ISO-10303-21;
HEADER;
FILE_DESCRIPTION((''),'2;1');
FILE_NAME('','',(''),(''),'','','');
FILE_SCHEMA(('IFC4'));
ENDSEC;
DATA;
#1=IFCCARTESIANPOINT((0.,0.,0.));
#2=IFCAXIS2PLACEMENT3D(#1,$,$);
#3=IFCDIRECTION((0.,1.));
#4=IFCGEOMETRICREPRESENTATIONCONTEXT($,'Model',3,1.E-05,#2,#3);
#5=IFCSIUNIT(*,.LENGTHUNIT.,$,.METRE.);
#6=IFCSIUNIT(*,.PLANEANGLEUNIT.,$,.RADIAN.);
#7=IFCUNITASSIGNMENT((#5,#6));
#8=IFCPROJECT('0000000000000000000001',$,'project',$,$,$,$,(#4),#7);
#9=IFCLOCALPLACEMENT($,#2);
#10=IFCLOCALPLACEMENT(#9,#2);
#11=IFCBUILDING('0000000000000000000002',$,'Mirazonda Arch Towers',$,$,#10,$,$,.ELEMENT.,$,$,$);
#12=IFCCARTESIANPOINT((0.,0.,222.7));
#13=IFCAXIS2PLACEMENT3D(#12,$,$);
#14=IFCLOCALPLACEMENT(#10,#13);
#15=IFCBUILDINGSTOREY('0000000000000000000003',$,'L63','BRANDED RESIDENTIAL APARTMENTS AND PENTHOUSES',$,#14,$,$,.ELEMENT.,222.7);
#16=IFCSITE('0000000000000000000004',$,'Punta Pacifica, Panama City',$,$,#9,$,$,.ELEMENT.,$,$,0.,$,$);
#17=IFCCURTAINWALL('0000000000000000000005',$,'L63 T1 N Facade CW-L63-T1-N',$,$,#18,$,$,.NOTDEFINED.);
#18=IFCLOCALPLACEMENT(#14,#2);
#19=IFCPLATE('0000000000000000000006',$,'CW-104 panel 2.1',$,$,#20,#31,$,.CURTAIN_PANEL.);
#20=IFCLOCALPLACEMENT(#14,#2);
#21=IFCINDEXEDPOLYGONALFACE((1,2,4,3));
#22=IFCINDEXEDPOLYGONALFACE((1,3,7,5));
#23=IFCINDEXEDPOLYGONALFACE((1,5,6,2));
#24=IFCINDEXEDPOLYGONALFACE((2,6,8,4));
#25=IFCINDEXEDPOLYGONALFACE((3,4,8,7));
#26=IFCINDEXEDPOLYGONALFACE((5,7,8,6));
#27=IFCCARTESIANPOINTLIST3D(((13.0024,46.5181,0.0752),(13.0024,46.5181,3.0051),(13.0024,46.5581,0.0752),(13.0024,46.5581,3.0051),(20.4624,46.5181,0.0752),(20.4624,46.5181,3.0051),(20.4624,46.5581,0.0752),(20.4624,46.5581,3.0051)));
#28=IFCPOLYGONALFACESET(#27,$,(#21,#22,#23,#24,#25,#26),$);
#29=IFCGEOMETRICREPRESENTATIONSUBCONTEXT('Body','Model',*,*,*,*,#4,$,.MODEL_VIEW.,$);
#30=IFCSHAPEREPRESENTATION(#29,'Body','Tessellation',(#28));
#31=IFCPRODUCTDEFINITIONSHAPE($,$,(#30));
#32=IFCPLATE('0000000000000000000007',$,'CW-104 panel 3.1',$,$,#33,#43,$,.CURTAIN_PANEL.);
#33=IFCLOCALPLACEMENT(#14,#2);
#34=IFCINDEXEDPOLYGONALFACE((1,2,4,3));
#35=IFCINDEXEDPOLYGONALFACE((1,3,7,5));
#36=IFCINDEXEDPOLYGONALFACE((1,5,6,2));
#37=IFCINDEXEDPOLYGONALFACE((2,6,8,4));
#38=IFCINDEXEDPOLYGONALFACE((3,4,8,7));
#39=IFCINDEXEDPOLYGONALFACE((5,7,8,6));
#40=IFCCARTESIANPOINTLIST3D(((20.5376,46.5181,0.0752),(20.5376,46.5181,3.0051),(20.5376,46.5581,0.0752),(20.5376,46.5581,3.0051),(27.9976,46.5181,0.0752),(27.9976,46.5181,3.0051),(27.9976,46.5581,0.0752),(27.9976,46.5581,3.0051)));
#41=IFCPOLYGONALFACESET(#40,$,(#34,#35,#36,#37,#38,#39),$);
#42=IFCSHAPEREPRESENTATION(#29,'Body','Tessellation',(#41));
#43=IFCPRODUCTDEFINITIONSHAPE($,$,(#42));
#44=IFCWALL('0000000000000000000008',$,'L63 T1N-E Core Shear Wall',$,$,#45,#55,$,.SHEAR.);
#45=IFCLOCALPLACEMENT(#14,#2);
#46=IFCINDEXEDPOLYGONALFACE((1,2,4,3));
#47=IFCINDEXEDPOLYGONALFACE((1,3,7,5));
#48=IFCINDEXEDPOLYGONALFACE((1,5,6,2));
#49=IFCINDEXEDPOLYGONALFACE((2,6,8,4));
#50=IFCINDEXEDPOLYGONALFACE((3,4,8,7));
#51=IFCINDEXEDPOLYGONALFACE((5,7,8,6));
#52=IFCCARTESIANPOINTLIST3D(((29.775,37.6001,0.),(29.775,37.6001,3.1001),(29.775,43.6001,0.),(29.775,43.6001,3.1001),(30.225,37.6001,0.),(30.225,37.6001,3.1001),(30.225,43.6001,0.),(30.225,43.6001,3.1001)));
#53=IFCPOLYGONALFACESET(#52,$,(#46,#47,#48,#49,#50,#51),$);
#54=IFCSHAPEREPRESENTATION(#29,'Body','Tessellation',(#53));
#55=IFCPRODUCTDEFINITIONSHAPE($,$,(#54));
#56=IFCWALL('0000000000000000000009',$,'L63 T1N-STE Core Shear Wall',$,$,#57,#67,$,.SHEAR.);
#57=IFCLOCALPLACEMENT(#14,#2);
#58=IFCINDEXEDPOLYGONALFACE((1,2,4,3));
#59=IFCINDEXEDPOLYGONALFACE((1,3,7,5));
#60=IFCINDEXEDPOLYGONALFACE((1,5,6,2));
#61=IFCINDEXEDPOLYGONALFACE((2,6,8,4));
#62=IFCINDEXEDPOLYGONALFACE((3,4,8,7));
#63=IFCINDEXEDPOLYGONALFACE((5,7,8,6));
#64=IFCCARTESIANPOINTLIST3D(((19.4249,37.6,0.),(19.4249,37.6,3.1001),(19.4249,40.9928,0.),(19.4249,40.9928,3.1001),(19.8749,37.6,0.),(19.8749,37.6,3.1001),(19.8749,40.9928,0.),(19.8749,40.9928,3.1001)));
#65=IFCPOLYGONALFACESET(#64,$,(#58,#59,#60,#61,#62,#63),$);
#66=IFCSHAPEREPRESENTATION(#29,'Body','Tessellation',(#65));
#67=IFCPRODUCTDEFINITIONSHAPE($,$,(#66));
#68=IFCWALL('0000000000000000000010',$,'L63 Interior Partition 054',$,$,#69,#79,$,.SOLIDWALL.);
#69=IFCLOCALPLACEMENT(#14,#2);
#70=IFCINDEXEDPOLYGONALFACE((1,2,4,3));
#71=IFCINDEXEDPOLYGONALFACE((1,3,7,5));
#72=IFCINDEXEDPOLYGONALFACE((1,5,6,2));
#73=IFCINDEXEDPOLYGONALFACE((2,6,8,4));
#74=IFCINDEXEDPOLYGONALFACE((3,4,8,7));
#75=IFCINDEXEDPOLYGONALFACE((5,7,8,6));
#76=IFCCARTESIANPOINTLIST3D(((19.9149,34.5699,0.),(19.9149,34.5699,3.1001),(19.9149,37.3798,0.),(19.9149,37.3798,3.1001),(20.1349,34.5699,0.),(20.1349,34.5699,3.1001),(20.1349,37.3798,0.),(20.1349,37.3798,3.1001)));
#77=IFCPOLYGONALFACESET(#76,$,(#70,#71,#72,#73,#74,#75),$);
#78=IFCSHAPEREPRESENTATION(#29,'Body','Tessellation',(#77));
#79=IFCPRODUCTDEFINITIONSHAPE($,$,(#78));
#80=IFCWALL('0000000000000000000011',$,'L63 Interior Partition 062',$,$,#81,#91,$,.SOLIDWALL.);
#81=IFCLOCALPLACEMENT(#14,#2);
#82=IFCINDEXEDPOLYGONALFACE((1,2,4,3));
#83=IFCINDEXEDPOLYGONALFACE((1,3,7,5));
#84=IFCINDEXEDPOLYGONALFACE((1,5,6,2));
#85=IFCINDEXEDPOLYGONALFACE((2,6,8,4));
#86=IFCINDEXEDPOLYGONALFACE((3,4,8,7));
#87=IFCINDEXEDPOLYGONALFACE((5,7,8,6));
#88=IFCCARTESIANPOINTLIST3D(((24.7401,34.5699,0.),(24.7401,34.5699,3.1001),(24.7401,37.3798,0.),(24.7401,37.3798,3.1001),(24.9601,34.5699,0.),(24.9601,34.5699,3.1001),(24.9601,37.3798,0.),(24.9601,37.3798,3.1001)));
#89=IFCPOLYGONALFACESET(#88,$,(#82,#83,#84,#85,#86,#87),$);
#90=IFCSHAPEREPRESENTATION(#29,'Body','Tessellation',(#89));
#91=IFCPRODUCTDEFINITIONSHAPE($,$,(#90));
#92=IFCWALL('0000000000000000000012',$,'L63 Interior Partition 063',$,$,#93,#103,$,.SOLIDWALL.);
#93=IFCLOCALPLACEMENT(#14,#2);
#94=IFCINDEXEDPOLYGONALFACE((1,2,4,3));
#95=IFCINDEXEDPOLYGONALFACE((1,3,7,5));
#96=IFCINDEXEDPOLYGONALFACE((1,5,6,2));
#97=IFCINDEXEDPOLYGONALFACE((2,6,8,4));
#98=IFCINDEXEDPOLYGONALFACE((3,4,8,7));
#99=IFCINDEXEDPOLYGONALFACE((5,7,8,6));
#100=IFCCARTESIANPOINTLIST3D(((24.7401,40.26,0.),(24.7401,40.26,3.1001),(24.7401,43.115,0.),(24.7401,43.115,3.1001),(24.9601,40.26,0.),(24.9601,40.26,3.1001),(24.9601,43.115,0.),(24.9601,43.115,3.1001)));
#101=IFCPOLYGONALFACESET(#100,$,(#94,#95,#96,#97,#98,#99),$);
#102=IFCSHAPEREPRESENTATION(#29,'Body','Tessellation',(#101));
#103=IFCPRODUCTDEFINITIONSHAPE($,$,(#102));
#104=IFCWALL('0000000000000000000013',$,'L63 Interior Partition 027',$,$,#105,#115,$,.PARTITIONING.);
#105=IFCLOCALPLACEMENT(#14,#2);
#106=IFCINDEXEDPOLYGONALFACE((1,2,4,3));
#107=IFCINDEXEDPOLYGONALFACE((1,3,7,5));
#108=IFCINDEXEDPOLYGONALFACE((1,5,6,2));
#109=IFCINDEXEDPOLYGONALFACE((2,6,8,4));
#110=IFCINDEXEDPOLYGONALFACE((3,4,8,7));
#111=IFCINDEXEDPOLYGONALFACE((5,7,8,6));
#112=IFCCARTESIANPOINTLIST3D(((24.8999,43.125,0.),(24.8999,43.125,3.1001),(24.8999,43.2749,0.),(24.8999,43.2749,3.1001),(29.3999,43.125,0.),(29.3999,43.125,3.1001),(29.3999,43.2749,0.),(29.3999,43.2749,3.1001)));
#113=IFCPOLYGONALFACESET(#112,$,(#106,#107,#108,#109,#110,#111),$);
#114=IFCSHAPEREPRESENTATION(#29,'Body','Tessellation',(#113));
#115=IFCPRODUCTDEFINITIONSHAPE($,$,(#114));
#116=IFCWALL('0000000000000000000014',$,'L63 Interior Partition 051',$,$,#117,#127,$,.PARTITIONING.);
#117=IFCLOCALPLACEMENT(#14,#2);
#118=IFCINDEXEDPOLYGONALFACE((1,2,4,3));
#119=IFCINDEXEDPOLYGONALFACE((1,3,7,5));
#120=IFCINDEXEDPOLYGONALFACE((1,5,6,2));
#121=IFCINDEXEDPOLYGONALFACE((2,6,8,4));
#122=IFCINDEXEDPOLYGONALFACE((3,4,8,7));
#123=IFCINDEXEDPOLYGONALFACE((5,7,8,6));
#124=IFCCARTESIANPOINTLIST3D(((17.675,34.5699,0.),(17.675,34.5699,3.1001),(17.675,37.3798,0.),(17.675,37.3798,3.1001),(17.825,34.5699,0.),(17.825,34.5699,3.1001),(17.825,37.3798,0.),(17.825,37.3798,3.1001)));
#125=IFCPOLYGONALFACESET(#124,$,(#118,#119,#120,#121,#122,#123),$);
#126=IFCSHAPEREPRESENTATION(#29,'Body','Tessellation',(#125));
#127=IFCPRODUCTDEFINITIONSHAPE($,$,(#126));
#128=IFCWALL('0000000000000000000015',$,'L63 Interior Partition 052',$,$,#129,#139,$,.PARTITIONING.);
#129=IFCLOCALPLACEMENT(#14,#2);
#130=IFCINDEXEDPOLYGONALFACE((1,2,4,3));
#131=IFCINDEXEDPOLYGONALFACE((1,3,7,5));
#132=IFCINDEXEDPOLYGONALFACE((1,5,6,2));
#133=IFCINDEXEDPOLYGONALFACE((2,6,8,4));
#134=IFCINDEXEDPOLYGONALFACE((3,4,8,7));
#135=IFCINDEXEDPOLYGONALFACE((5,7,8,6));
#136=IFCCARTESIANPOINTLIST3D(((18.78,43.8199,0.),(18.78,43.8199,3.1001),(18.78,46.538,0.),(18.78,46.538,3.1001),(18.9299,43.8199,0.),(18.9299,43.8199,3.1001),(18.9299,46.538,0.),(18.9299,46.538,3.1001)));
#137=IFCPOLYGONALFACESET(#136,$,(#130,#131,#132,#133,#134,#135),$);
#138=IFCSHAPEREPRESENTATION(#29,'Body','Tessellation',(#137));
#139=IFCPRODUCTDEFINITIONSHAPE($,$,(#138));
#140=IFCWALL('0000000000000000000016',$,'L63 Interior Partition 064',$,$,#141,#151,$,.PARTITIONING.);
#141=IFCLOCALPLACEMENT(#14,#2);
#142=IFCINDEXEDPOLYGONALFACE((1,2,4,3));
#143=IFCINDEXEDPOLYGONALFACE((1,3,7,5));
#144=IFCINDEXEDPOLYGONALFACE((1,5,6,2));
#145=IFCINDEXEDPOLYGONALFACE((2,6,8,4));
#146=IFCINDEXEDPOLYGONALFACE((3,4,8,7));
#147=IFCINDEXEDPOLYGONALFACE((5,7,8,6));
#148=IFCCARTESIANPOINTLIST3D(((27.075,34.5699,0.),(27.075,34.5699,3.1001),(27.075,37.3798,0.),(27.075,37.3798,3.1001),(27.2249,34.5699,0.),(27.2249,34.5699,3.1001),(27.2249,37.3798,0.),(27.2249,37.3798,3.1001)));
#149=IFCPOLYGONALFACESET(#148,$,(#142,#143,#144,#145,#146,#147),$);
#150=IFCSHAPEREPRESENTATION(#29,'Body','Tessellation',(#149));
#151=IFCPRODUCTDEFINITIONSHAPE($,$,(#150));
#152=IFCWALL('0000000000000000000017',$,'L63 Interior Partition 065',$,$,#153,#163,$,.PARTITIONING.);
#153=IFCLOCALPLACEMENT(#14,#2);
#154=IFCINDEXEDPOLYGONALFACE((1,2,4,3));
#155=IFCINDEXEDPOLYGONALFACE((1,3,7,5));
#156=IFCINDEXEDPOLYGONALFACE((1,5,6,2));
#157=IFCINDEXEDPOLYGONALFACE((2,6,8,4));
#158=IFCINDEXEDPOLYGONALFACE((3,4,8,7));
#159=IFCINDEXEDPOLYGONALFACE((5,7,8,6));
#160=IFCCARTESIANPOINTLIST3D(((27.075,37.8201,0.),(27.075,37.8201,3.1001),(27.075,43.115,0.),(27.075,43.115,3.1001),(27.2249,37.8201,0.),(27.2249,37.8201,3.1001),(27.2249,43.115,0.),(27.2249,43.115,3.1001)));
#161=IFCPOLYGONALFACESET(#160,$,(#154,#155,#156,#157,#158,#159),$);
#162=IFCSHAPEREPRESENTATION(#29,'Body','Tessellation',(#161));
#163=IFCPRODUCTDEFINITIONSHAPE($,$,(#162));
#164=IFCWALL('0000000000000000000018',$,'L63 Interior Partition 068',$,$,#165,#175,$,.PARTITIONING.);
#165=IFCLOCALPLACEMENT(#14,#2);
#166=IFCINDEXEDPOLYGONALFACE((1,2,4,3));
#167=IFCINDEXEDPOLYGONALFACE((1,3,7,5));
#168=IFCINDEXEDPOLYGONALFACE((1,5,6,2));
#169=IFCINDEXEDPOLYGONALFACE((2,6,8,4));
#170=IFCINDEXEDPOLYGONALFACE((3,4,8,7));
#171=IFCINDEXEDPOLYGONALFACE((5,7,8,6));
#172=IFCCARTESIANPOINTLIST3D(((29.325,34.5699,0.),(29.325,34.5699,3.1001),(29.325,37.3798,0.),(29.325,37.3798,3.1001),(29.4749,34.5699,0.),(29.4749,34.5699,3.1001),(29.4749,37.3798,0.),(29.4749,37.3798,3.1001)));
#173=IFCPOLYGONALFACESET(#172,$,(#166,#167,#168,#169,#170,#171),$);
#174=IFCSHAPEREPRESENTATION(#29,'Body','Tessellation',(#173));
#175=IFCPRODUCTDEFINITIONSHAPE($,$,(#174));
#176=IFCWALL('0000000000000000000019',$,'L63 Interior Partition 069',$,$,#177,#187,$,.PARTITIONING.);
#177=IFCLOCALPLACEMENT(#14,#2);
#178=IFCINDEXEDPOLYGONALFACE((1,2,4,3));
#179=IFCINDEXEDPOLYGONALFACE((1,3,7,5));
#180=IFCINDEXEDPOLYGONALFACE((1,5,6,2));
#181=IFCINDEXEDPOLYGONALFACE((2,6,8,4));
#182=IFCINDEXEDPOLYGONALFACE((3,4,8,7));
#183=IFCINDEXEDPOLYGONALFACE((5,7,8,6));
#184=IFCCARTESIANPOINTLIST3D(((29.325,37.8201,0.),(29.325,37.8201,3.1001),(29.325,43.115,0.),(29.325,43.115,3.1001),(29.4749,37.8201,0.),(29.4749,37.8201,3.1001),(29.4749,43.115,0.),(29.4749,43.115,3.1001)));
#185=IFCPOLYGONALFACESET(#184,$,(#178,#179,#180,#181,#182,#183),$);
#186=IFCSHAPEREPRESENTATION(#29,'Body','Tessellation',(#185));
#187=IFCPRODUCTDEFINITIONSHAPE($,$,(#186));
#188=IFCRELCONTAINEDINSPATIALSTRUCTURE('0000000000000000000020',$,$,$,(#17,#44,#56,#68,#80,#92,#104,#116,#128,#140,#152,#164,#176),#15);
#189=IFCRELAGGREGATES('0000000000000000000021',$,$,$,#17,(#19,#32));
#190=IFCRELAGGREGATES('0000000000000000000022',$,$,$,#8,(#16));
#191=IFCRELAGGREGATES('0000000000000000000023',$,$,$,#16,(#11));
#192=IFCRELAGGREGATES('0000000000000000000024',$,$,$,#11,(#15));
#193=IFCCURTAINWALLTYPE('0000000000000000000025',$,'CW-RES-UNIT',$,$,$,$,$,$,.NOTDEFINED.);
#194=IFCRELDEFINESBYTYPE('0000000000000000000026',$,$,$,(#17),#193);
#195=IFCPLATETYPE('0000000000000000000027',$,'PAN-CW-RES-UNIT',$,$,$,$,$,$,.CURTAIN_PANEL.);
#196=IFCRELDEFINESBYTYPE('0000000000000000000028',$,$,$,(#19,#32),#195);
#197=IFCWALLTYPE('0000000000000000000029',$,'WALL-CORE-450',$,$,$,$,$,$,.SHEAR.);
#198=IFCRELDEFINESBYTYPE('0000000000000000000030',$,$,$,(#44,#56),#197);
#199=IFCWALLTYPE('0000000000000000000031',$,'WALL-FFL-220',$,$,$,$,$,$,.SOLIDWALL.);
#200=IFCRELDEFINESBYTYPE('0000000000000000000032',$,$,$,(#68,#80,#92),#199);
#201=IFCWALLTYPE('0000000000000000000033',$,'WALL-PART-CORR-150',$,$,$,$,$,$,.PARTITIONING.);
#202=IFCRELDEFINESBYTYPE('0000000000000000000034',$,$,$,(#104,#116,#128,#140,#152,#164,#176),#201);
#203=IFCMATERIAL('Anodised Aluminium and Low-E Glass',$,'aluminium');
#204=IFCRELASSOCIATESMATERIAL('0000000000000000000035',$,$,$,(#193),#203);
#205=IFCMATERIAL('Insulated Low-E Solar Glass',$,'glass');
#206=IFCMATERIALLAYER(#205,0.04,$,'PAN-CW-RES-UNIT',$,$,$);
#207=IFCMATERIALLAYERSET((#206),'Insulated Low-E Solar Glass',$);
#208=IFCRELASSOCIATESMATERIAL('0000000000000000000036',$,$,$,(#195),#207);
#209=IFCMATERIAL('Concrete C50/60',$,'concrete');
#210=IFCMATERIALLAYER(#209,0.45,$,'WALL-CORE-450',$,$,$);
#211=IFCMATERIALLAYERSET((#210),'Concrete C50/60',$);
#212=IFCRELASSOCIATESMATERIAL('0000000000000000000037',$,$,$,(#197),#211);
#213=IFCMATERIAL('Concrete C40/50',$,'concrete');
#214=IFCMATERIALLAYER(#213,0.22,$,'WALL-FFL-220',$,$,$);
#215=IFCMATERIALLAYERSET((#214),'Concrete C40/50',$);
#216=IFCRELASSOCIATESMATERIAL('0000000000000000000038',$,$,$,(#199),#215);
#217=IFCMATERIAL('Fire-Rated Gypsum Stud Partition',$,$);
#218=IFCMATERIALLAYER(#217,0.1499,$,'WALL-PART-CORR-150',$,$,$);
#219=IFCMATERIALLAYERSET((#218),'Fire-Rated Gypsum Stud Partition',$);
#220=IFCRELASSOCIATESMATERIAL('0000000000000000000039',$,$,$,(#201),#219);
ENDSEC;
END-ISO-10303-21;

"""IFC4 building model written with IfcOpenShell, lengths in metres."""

from ifc_helpers import new_model, si_unit, direction, frame, frame_2d, origin, origin_2d, place, context, subcontext, project, spatial, rectangle, extrude, material, layer, layer_set, type_object, element, aggregate, save


model = new_model("IFC4")

# Units and contexts
model_context = context("Model", 3, precision=1e-05, world=origin(), true_north=direction((0.0, 1.0)))
body_context = subcontext(model_context, "Body", "Model", "MODEL_VIEW")
ifc_project = project(units=[si_unit("LENGTHUNIT", "METRE"), si_unit("PLANEANGLEUNIT", "RADIAN")], contexts=[model_context])

# Site, building, storey
site_placement = place(None, origin())
site = spatial("IfcSite", under=ifc_project, at=site_placement, Name="Punta Pacifica, Panama City", CompositionType="ELEMENT", RefElevation=0.0)
building_placement = place(site_placement, origin())
building = spatial("IfcBuilding", under=site, at=building_placement, Name="Mirazonda Arch Towers", CompositionType="ELEMENT")
storey_placement = place(building_placement, frame((0.0, 0.0, 222.7)))
storey = spatial("IfcBuildingStorey", under=building, at=storey_placement, Name="L63", Description="BRANDED RESIDENTIAL APARTMENTS AND PENTHOUSES", CompositionType="ELEMENT", Elevation=222.7)

# Shared definitions
ifc_material_1 = material(Name="Concrete C50/60", Category="concrete")

# Curtain wall, plates
ifc_material_2 = material(Name="Anodised Aluminium and Low-E Glass", Category="aluminium")
curtain_wall_type = type_object("IfcCurtainWallType", Name="CW-RES-UNIT", PredefinedType="NOTDEFINED", material=ifc_material_2)
curtain_wall_placement = place(storey_placement, origin())
curtain_wall = element("IfcCurtainWall", 1, at=curtain_wall_placement, inside=storey, type_object=curtain_wall_type, Name="L63 T1 N Facade CW-L63-T1-N", PredefinedType="NOTDEFINED")
ifc_material_3 = material(Name="Insulated Low-E Solar Glass", Category="glass")
ifc_layer_1 = layer(ifc_material_3, 0.04, Name="PAN-CW-RES-UNIT")
ifc_layer_set_1 = layer_set([ifc_layer_1], Name="Insulated Low-E Solar Glass")
plate_type = type_object("IfcPlateType", Name="PAN-CW-RES-UNIT", PredefinedType="CURTAIN_PANEL", material=ifc_layer_set_1)
plate_1_placement = place(storey_placement, frame((16.7324, 46.5381, 0.0752), z_axis=(0.0, 0.0, 1.0), x_axis=(1.0, 0.0, 0.0)))
plate_1 = element("IfcPlate", 2, at=plate_1_placement, type_object=plate_type, Name="CW-104 panel 2.1", PredefinedType="CURTAIN_PANEL", context=body_context, shape_type="SweptSolid", body=[
    extrude(rectangle(XDim=7.46, YDim=0.04, at=origin_2d()), origin(), (0.0, 0.0, 1.0), 2.9299),
])
plate_2_placement = place(storey_placement, frame((24.2676, 46.5381, 0.0752), z_axis=(0.0, 0.0, 1.0), x_axis=(1.0, 0.0, 0.0)))
plate_2 = element("IfcPlate", 3, at=plate_2_placement, type_object=plate_type, Name="CW-104 panel 3.1", PredefinedType="CURTAIN_PANEL", context=body_context, shape_type="SweptSolid", body=[
    extrude(rectangle(XDim=7.46, YDim=0.04, at=origin_2d()), origin(), (0.0, 0.0, 1.0), 2.9299),
])
aggregate(curtain_wall, [plate_1, plate_2])

# Walls
ifc_layer_2 = layer(ifc_material_1, 0.45, Name="WALL-CORE-450")
ifc_layer_set_2 = layer_set([ifc_layer_2], Name="Concrete C50/60")
wall_type_1 = type_object("IfcWallType", Name="WALL-CORE-450", PredefinedType="SHEAR", material=ifc_layer_set_2)
wall_1_placement = place(storey_placement, frame((30.0, 37.6001, 0.0), z_axis=(0.0, 0.0, 1.0), x_axis=(0.0, 1.0, 0.0)))
element("IfcWall", 4, at=wall_1_placement, inside=storey, type_object=wall_type_1, Name="L63 T1N-E Core Shear Wall", PredefinedType="SHEAR", context=body_context, shape_type="SweptSolid", body=[
    extrude(rectangle(XDim=6.0, YDim=0.45, at=frame_2d((3.0, 0.0))), origin(), (0.0, 0.0, 1.0), 3.1001),
])
wall_2_placement = place(storey_placement, frame((19.6499, 37.6001, 0.0), z_axis=(0.0, 0.0, 1.0), x_axis=(0.0, 1.0, 0.0)))
element("IfcWall", 5, at=wall_2_placement, inside=storey, type_object=wall_type_1, Name="L63 T1N-STE Core Shear Wall", PredefinedType="SHEAR", context=body_context, shape_type="SweptSolid", body=[
    extrude(rectangle(XDim=3.3928, YDim=0.45, at=frame_2d((1.6963, 0.0))), origin(), (0.0, 0.0, 1.0), 3.1001),
])
ifc_material_4 = material(Name="Concrete C40/50", Category="concrete")
ifc_layer_3 = layer(ifc_material_4, 0.22, Name="WALL-FFL-220")
ifc_layer_set_3 = layer_set([ifc_layer_3], Name="Concrete C40/50")
wall_type_2 = type_object("IfcWallType", Name="WALL-FFL-220", PredefinedType="SOLIDWALL", material=ifc_layer_set_3)
for number, where, z_axis, x_axis, name in (
    (6, (20.0249, 34.5701, 0.0), (0.0, 0.0, 1.0), (0.0, 1.0, 0.0), "L63 Interior Partition 054"),
    (7, (24.8501, 34.5701, 0.0), (0.0, 0.0, 1.0), (0.0, 1.0, 0.0), "L63 Interior Partition 062"),
):
    element("IfcWall", number, at=place(storey_placement, frame(where, z_axis=z_axis, x_axis=x_axis)), inside=storey, type_object=wall_type_2, Name=name, PredefinedType="SOLIDWALL", context=body_context, shape_type="SweptSolid", body=[
        extrude(rectangle(XDim=2.8098, YDim=0.22, at=frame_2d((1.4048, 0.0))), origin(), (0.0, 0.0, 1.0), 3.1001),
    ])
wall_3_placement = place(storey_placement, frame((24.8501, 40.26, 0.0), z_axis=(0.0, 0.0, 1.0), x_axis=(0.0, 1.0, 0.0)))
element("IfcWall", 8, at=wall_3_placement, inside=storey, type_object=wall_type_2, Name="L63 Interior Partition 063", PredefinedType="SOLIDWALL", context=body_context, shape_type="SweptSolid", body=[
    extrude(rectangle(XDim=2.855, YDim=0.22, at=frame_2d((1.4275, 0.0))), origin(), (0.0, 0.0, 1.0), 3.1001),
])
ifc_material_5 = material(Name="Fire-Rated Gypsum Stud Partition")
ifc_layer_4 = layer(ifc_material_5, 0.1499, Name="WALL-PART-CORR-150")
ifc_layer_set_4 = layer_set([ifc_layer_4], Name="Fire-Rated Gypsum Stud Partition")
wall_type_3 = type_object("IfcWallType", Name="WALL-PART-CORR-150", PredefinedType="PARTITIONING", material=ifc_layer_set_4)
wall_4_placement = place(storey_placement, frame((24.8999, 43.2, 0.0), z_axis=(0.0, 0.0, 1.0), x_axis=(1.0, 0.0, 0.0)))
element("IfcWall", 9, at=wall_4_placement, inside=storey, type_object=wall_type_3, Name="L63 Interior Partition 027", PredefinedType="PARTITIONING", context=body_context, shape_type="SweptSolid", body=[
    extrude(rectangle(XDim=4.5, YDim=0.1499, at=frame_2d((2.25, 0.0))), origin(), (0.0, 0.0, 1.0), 3.1001),
])
wall_5_placement = place(storey_placement, frame((17.75, 34.5701, 0.0), z_axis=(0.0, 0.0, 1.0), x_axis=(0.0, 1.0, 0.0)))
element("IfcWall", 10, at=wall_5_placement, inside=storey, type_object=wall_type_3, Name="L63 Interior Partition 051", PredefinedType="PARTITIONING", context=body_context, shape_type="SweptSolid", body=[
    extrude(rectangle(XDim=2.8098, YDim=0.1499, at=frame_2d((1.4048, 0.0))), origin(), (0.0, 0.0, 1.0), 3.1001),
])
wall_6_placement = place(storey_placement, frame((18.855, 43.8201, 0.0), z_axis=(0.0, 0.0, 1.0), x_axis=(0.0, 1.0, 0.0)))
element("IfcWall", 11, at=wall_6_placement, inside=storey, type_object=wall_type_3, Name="L63 Interior Partition 052", PredefinedType="PARTITIONING", context=body_context, shape_type="SweptSolid", body=[
    extrude(rectangle(XDim=2.718, YDim=0.1499, at=frame_2d((1.3589, 0.0))), origin(), (0.0, 0.0, 1.0), 3.1001),
])
wall_7_placement = place(storey_placement, frame((27.1499, 34.5701, 0.0), z_axis=(0.0, 0.0, 1.0), x_axis=(0.0, 1.0, 0.0)))
element("IfcWall", 12, at=wall_7_placement, inside=storey, type_object=wall_type_3, Name="L63 Interior Partition 064", PredefinedType="PARTITIONING", context=body_context, shape_type="SweptSolid", body=[
    extrude(rectangle(XDim=2.8098, YDim=0.1499, at=frame_2d((1.4048, 0.0))), origin(), (0.0, 0.0, 1.0), 3.1001),
])
wall_8_placement = place(storey_placement, frame((27.1499, 37.8201, 0.0), z_axis=(0.0, 0.0, 1.0), x_axis=(0.0, 1.0, 0.0)))
element("IfcWall", 13, at=wall_8_placement, inside=storey, type_object=wall_type_3, Name="L63 Interior Partition 065", PredefinedType="PARTITIONING", context=body_context, shape_type="SweptSolid", body=[
    extrude(rectangle(XDim=5.2949, YDim=0.1499, at=frame_2d((2.6475, 0.0))), origin(), (0.0, 0.0, 1.0), 3.1001),
])
wall_9_placement = place(storey_placement, frame((29.3999, 34.5701, 0.0), z_axis=(0.0, 0.0, 1.0), x_axis=(0.0, 1.0, 0.0)))
element("IfcWall", 14, at=wall_9_placement, inside=storey, type_object=wall_type_3, Name="L63 Interior Partition 068", PredefinedType="PARTITIONING", context=body_context, shape_type="SweptSolid", body=[
    extrude(rectangle(XDim=2.8098, YDim=0.1499, at=frame_2d((1.4048, 0.0))), origin(), (0.0, 0.0, 1.0), 3.1001),
])
wall_10_placement = place(storey_placement, frame((29.3999, 37.8201, 0.0), z_axis=(0.0, 0.0, 1.0), x_axis=(0.0, 1.0, 0.0)))
element("IfcWall", 15, at=wall_10_placement, inside=storey, type_object=wall_type_3, Name="L63 Interior Partition 069", PredefinedType="PARTITIONING", context=body_context, shape_type="SweptSolid", body=[
    extrude(rectangle(XDim=5.2949, YDim=0.1499, at=frame_2d((2.6475, 0.0))), origin(), (0.0, 0.0, 1.0), 3.1001),
])

save(model, "model.ifc")
